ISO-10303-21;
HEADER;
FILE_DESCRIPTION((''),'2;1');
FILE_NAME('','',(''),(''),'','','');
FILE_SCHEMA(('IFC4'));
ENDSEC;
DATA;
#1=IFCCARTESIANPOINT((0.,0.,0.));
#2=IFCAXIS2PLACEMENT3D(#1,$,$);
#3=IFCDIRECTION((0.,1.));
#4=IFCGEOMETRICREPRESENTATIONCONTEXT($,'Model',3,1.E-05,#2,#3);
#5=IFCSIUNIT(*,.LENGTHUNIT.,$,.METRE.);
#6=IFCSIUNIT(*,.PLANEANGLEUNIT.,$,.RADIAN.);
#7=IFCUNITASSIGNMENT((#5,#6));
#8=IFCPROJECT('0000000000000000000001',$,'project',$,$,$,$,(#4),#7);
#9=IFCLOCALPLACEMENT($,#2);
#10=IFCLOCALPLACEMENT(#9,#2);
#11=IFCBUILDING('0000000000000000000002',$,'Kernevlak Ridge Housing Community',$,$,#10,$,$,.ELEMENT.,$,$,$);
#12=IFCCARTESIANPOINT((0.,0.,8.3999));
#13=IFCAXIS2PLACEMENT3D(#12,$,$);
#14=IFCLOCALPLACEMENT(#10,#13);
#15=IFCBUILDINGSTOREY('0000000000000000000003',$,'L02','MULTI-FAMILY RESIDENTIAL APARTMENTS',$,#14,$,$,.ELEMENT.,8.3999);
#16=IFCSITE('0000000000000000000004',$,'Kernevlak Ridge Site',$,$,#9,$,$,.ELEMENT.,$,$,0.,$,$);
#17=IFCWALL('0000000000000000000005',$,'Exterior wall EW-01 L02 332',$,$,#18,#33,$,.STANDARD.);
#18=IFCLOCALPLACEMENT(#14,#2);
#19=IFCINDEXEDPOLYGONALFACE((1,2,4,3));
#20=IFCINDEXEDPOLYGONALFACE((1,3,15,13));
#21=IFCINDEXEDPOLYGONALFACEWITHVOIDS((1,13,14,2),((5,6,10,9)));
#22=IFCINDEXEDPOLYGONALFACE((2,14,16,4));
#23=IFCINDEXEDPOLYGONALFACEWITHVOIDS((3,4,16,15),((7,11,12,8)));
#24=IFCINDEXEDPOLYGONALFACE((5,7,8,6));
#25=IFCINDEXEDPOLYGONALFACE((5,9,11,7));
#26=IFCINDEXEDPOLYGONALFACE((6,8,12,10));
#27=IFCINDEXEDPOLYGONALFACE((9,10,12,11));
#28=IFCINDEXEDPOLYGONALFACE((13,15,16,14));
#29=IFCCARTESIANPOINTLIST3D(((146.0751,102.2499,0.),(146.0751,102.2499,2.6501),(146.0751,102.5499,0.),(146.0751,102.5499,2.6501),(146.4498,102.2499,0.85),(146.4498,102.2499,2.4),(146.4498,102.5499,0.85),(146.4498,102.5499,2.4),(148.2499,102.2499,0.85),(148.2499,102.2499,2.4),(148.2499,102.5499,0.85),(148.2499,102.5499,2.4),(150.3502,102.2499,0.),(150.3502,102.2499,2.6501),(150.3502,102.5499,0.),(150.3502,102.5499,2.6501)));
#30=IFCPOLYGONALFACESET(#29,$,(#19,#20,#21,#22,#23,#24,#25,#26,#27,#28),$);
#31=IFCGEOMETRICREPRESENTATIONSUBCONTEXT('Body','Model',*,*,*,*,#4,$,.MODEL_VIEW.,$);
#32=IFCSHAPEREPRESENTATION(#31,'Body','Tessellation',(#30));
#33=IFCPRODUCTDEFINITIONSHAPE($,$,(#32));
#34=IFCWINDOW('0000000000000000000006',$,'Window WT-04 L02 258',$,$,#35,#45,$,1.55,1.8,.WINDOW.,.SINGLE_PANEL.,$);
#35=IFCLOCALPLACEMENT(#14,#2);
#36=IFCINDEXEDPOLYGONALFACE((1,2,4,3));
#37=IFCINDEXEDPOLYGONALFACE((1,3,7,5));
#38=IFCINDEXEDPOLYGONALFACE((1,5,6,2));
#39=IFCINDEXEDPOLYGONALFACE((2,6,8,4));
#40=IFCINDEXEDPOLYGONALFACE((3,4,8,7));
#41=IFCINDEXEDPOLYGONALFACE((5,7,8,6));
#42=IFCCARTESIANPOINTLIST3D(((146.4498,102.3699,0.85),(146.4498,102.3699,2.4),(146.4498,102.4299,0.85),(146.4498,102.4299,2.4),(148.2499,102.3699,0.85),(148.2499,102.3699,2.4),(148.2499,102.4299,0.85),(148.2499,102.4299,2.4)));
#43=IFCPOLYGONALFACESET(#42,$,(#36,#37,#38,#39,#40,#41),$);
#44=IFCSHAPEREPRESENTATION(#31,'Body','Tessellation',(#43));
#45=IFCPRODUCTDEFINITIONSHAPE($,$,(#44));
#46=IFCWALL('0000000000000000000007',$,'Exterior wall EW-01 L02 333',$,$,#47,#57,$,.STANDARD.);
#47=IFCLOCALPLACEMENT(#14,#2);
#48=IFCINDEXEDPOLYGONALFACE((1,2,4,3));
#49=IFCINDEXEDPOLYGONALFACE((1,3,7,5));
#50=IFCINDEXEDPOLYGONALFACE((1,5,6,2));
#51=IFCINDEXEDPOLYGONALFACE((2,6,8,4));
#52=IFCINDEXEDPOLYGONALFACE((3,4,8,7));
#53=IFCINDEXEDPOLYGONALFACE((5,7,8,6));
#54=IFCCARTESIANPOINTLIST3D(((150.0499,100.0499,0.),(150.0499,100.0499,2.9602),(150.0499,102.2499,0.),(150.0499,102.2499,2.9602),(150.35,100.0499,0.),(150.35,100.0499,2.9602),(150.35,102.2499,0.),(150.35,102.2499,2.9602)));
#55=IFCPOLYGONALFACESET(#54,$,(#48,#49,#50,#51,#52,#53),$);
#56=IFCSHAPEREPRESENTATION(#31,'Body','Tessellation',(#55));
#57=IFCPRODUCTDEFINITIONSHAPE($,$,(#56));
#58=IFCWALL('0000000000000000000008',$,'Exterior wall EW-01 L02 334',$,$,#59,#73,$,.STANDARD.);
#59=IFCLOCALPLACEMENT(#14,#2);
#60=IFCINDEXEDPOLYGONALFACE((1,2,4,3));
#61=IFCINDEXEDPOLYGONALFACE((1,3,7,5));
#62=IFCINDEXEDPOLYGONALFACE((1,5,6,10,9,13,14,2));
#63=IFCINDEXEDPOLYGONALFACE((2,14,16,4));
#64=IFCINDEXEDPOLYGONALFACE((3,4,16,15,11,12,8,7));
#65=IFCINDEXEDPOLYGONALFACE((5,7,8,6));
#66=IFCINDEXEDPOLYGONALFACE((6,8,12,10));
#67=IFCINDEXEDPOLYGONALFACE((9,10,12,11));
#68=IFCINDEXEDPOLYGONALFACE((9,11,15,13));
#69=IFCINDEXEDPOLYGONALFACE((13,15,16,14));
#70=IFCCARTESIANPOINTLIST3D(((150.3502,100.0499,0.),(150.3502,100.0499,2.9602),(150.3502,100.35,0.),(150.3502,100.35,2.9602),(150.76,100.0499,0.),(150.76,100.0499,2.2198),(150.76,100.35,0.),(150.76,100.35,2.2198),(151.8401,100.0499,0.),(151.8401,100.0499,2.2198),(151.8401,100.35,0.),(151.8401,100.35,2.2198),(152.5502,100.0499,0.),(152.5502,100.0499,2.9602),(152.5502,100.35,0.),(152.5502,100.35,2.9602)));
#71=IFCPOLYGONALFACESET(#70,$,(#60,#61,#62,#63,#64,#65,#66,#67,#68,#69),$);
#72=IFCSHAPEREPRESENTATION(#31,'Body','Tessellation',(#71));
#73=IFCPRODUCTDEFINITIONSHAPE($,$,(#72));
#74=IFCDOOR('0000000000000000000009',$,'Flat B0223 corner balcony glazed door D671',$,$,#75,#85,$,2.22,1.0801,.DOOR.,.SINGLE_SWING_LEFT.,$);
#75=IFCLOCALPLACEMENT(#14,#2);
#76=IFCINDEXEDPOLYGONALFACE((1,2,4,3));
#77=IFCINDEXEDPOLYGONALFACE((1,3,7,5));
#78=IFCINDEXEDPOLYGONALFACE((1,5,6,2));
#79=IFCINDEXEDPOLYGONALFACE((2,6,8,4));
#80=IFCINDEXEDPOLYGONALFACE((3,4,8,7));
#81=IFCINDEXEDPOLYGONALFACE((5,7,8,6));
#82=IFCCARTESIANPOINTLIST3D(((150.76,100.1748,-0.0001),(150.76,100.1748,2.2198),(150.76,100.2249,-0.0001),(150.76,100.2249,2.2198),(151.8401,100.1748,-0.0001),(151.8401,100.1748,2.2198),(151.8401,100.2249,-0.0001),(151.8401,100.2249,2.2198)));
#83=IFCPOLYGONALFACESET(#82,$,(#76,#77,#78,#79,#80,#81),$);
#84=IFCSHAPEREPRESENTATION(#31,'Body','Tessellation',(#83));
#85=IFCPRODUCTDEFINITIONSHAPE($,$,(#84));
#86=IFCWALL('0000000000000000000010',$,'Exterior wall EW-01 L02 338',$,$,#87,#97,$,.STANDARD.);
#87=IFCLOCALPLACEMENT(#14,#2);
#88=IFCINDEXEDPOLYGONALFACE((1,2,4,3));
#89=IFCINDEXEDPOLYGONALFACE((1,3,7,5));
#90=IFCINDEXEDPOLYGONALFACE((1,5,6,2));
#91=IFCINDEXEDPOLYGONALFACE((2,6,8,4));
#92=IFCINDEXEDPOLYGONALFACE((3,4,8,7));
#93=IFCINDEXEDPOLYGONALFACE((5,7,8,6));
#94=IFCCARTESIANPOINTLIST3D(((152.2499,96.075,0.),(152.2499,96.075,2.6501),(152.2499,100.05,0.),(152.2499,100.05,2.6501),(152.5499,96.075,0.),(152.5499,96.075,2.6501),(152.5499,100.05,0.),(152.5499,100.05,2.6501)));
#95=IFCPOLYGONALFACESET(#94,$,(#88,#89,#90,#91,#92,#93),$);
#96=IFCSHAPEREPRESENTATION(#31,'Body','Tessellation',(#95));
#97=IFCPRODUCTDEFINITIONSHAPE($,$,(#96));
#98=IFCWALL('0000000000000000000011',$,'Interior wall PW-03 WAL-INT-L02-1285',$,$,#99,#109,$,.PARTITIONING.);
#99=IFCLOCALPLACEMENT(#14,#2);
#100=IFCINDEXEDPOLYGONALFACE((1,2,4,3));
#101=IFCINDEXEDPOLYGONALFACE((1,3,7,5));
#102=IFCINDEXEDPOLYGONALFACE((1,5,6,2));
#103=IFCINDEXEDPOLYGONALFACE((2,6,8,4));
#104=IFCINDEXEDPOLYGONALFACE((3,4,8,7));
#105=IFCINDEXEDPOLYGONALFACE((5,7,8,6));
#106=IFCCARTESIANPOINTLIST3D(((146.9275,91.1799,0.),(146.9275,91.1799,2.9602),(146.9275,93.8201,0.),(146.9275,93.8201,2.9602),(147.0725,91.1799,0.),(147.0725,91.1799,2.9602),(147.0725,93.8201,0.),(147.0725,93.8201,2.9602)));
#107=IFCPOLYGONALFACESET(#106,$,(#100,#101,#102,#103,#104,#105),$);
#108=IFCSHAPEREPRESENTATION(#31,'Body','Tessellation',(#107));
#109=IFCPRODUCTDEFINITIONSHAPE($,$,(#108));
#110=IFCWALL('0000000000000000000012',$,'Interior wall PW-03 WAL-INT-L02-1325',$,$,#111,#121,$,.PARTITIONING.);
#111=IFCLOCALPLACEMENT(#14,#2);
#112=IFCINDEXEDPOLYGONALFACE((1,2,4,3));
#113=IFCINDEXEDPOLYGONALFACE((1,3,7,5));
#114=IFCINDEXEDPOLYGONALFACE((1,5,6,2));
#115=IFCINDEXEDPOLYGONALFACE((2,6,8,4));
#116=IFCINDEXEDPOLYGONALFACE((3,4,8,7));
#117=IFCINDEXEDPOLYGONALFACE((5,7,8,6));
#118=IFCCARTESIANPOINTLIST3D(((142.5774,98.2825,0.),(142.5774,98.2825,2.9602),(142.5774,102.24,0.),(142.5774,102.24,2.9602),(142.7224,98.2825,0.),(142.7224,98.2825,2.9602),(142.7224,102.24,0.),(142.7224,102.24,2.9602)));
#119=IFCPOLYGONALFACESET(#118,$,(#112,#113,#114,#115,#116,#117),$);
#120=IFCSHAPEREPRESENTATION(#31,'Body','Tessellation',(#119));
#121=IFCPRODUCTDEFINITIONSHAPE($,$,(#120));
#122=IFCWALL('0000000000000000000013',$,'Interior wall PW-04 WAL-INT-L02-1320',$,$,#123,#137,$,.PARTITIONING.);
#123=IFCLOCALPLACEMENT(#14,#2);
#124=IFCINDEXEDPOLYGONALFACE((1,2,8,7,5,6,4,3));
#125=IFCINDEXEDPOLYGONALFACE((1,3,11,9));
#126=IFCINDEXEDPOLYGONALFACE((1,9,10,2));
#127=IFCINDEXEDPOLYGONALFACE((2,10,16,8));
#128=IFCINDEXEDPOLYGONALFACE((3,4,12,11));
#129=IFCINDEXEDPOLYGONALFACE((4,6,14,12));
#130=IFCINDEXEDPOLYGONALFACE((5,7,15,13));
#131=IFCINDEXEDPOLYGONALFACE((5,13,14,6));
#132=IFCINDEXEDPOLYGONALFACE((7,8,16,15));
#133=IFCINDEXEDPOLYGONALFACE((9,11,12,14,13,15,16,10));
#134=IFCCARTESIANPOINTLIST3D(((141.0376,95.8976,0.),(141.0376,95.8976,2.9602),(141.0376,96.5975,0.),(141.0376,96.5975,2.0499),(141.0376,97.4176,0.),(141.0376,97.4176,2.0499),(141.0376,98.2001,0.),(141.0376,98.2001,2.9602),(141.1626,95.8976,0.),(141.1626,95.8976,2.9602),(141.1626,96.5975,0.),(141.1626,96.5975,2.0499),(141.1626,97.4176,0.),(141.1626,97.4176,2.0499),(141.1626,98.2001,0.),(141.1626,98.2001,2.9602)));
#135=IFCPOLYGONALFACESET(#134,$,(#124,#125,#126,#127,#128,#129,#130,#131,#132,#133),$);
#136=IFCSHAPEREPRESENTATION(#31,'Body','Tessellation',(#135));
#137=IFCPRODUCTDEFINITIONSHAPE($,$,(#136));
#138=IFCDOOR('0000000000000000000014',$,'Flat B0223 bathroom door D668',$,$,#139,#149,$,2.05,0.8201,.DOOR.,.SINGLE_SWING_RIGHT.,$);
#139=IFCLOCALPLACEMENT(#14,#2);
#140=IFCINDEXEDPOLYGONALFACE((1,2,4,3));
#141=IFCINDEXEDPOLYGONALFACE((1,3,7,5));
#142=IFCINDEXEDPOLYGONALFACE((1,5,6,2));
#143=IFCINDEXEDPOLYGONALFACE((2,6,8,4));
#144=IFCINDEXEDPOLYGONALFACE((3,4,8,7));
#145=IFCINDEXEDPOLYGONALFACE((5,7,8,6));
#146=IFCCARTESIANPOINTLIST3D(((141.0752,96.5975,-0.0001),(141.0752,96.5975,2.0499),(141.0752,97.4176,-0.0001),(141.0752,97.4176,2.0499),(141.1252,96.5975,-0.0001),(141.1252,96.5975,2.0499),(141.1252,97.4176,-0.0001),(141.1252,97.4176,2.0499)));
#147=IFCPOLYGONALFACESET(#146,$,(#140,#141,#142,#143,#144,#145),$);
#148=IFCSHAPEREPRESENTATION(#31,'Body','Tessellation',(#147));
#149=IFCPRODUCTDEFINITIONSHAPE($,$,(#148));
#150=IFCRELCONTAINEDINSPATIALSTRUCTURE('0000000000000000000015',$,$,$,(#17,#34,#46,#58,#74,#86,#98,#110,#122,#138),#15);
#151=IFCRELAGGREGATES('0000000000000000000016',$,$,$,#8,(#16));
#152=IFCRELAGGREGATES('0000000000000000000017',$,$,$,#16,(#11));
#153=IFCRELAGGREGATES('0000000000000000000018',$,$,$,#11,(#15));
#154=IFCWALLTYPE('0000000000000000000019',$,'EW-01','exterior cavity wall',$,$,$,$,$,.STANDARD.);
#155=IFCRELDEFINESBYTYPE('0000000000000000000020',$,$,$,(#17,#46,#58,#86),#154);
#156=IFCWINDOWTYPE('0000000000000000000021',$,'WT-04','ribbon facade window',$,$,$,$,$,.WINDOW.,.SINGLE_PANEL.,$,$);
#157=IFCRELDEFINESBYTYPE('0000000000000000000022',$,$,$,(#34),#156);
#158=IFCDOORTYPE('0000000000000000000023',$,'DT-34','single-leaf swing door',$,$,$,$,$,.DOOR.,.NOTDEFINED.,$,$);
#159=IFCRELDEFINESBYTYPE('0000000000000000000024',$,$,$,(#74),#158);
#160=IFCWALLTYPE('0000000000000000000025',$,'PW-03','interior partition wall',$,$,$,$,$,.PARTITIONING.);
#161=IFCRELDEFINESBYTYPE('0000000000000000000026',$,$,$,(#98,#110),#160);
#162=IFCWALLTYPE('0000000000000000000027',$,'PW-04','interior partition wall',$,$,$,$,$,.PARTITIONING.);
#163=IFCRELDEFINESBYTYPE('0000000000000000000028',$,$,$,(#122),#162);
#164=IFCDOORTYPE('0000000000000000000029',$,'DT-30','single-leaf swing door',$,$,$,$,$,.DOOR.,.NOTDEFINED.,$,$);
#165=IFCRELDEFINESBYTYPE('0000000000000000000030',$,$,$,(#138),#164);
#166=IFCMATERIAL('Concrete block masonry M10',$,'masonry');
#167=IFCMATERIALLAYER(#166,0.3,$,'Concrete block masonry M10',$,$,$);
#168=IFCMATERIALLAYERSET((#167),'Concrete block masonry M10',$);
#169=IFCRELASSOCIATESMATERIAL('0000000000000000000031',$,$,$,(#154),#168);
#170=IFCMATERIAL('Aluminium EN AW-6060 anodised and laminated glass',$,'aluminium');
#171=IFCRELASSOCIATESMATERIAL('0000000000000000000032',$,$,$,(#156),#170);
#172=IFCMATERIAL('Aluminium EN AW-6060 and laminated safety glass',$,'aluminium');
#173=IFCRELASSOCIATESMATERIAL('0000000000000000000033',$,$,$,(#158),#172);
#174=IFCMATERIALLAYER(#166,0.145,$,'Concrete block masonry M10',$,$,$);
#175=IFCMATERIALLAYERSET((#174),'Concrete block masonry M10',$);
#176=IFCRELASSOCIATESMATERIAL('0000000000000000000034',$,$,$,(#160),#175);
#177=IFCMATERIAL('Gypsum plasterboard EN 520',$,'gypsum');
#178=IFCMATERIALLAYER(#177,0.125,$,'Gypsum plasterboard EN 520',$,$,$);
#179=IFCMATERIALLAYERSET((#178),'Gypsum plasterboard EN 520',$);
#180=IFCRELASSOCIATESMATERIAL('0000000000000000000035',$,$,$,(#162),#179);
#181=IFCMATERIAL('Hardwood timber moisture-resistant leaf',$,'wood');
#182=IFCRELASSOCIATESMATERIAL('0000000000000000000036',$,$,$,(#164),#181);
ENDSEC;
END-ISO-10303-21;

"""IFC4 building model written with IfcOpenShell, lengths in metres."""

from ifc_helpers import new_model, si_unit, direction, frame, frame_2d, origin, place, context, subcontext, project, spatial, rectangle, extrude, material, layer, layer_set, type_object, element, fill, save


model = new_model("IFC4")

# Units and contexts
model_context = context("Model", 3, precision=1e-05, world=origin(), true_north=direction((0.0, 1.0)))
body_context = subcontext(model_context, "Body", "Model", "MODEL_VIEW")
ifc_project = project(units=[si_unit("LENGTHUNIT", "METRE"), si_unit("PLANEANGLEUNIT", "RADIAN")], contexts=[model_context])

# Site, building, storey
site_placement = place(None, origin())
site = spatial("IfcSite", under=ifc_project, at=site_placement, Name="Kernevlak Ridge Site", CompositionType="ELEMENT", RefElevation=0.0)
building_placement = place(site_placement, origin())
building = spatial("IfcBuilding", under=site, at=building_placement, Name="Kernevlak Ridge Housing Community", CompositionType="ELEMENT")
storey_placement = place(building_placement, frame((0.0, 0.0, 8.3999)))
storey = spatial("IfcBuildingStorey", under=building, at=storey_placement, Name="L02", Description="MULTI-FAMILY RESIDENTIAL APARTMENTS", CompositionType="ELEMENT", Elevation=8.3999)

# Shared definitions
ifc_material_1 = material(Name="Aluminium EN AW-6060 anodised and laminated glass", Category="aluminium")

# Wall, opening, window
ifc_material_2 = material(Name="Concrete block masonry M10", Category="masonry")
ifc_layer_1 = layer(ifc_material_2, 0.3, Name="Concrete block masonry M10")
ifc_layer_set_1 = layer_set([ifc_layer_1], Name="Concrete block masonry M10")
wall_type_1 = type_object("IfcWallType", Name="EW-01", Description="exterior cavity wall", PredefinedType="STANDARD", material=ifc_layer_set_1)
wall_1_placement = place(storey_placement, frame((146.075, 102.3999, 0.0), z_axis=(0.0, 0.0, 1.0), x_axis=(1.0, 0.0, 0.0)))
wall_1 = element("IfcWall", 1, at=wall_1_placement, inside=storey, type_object=wall_type_1, Name="Exterior wall EW-01 L02 332", PredefinedType="STANDARD", context=body_context, shape_type="SweptSolid", body=[
    extrude(rectangle(XDim=4.2751, YDim=0.3, at=frame_2d((2.1377, 0.0))), origin(), (0.0, 0.0, 1.0), 2.6501),
])
opening_1_placement = place(wall_1_placement, frame((0.375, 0.0, 0.8501)))
opening_1 = element("IfcOpeningElement", 2, at=opening_1_placement, cuts=wall_1, PredefinedType="OPENING", context=body_context, shape_type="SweptSolid", body=[
    extrude(rectangle(XDim=1.8, YDim=1.55, at=frame_2d((0.8999, 0.7749))), frame((0.0, 0.1599, 0.0), z_axis=(0.0, -1.0, 0.0), x_axis=(1.0, 0.0, 0.0)), (0.0, 0.0, 1.0), 0.3201),
])
window_type = type_object("IfcWindowType", Name="WT-04", Description="ribbon facade window", PartitioningType="SINGLE_PANEL", PredefinedType="WINDOW", material=ifc_material_1)
window_placement = place(opening_1_placement, origin())
window = element("IfcWindow", 3, at=window_placement, inside=storey, type_object=window_type, Name="Window WT-04 L02 258", OverallHeight=1.55, OverallWidth=1.8, PartitioningType="SINGLE_PANEL", PredefinedType="WINDOW", context=body_context, shape_type="SweptSolid", body=[
    extrude(rectangle(XDim=1.8, YDim=1.55, at=frame_2d((0.8999, 0.7749))), frame((0.0, 0.03, 0.0), z_axis=(0.0, -1.0, 0.0), x_axis=(1.0, 0.0, 0.0)), (0.0, 0.0, 1.0), 0.0601),
])
fill(opening_1, window)

# Wall
wall_2_placement = place(storey_placement, frame((150.2, 102.25, 0.0), z_axis=(0.0, 0.0, 1.0), x_axis=(0.0, -1.0, 0.0)))
element("IfcWall", 4, at=wall_2_placement, inside=storey, type_object=wall_type_1, Name="Exterior wall EW-01 L02 333", PredefinedType="STANDARD", context=body_context, shape_type="SweptSolid", body=[
    extrude(rectangle(XDim=2.2, YDim=0.3, at=frame_2d((1.1001, 0.0))), origin(), (0.0, 0.0, 1.0), 2.9602),
])

# Wall, opening, door
wall_3_placement = place(storey_placement, frame((150.3501, 100.2, 0.0), z_axis=(0.0, 0.0, 1.0), x_axis=(1.0, 0.0, 0.0)))
wall_3 = element("IfcWall", 5, at=wall_3_placement, inside=storey, type_object=wall_type_1, Name="Exterior wall EW-01 L02 334", PredefinedType="STANDARD", context=body_context, shape_type="SweptSolid", body=[
    extrude(rectangle(XDim=2.2, YDim=0.3, at=frame_2d((1.1001, 0.0))), origin(), (0.0, 0.0, 1.0), 2.9602),
])
opening_2_placement = place(wall_3_placement, frame((0.4099, 0.0, 0.0)))
opening_2 = element("IfcOpeningElement", 6, at=opening_2_placement, cuts=wall_3, PredefinedType="OPENING", context=body_context, shape_type="SweptSolid", body=[
    extrude(rectangle(XDim=1.0801, YDim=2.22, at=frame_2d((0.54, 1.1099))), frame((0.0, 0.1599, 0.0), z_axis=(0.0, -1.0, 0.0), x_axis=(1.0, 0.0, 0.0)), (0.0, 0.0, 1.0), 0.3201),
])
ifc_material_3 = material(Name="Aluminium EN AW-6060 and laminated safety glass", Category="aluminium")
door_type_1 = type_object("IfcDoorType", Name="DT-34", Description="single-leaf swing door", OperationType="NOTDEFINED", PredefinedType="DOOR", material=ifc_material_3)
door_1_placement = place(opening_2_placement, origin())
door_1 = element("IfcDoor", 7, at=door_1_placement, inside=storey, type_object=door_type_1, Name="Flat B0223 corner balcony glazed door D671", OperationType="SINGLE_SWING_LEFT", OverallHeight=2.22, OverallWidth=1.0801, PredefinedType="DOOR", context=body_context, shape_type="SweptSolid", body=[
    extrude(rectangle(XDim=1.0801, YDim=2.22, at=frame_2d((0.54, 1.1099))), frame((0.0, 0.0249, 0.0), z_axis=(0.0, -1.0, 0.0), x_axis=(1.0, 0.0, 0.0)), (0.0, 0.0, 1.0), 0.05),
])
fill(opening_2, door_1)

# Walls
wall_4_placement = place(storey_placement, frame((152.3999, 96.075, 0.0), z_axis=(0.0, 0.0, 1.0), x_axis=(0.0, 1.0, 0.0)))
element("IfcWall", 8, at=wall_4_placement, inside=storey, type_object=wall_type_1, Name="Exterior wall EW-01 L02 338", PredefinedType="STANDARD", context=body_context, shape_type="SweptSolid", body=[
    extrude(rectangle(XDim=3.9751, YDim=0.3, at=frame_2d((1.9875, 0.0))), origin(), (0.0, 0.0, 1.0), 2.6501),
])
ifc_layer_2 = layer(ifc_material_2, 0.145, Name="Concrete block masonry M10")
ifc_layer_set_2 = layer_set([ifc_layer_2], Name="Concrete block masonry M10")
wall_type_2 = type_object("IfcWallType", Name="PW-03", Description="interior partition wall", PredefinedType="PARTITIONING", material=ifc_layer_set_2)
wall_5_placement = place(storey_placement, frame((147.0, 91.1799, 0.0), z_axis=(0.0, 0.0, 1.0), x_axis=(0.0, 1.0, 0.0)))
element("IfcWall", 9, at=wall_5_placement, inside=storey, type_object=wall_type_2, Name="Interior wall PW-03 WAL-INT-L02-1285", PredefinedType="PARTITIONING", context=body_context, shape_type="SweptSolid", body=[
    extrude(rectangle(XDim=2.6401, YDim=0.145, at=frame_2d((1.3201, 0.0))), origin(), (0.0, 0.0, 1.0), 2.9602),
])

# Wall
wall_6_placement = place(storey_placement, frame((142.6499, 98.2825, 0.0), z_axis=(0.0, 0.0, 1.0), x_axis=(0.0, 1.0, 0.0)))
element("IfcWall", 10, at=wall_6_placement, inside=storey, type_object=wall_type_2, Name="Interior wall PW-03 WAL-INT-L02-1325", PredefinedType="PARTITIONING", context=body_context, shape_type="SweptSolid", body=[
    extrude(rectangle(XDim=3.9575, YDim=0.145, at=frame_2d((1.9788, 0.0))), origin(), (0.0, 0.0, 1.0), 2.9602),
])

# Wall, opening, door
ifc_material_4 = material(Name="Gypsum plasterboard EN 520", Category="gypsum")
ifc_layer_3 = layer(ifc_material_4, 0.125, Name="Gypsum plasterboard EN 520")
ifc_layer_set_3 = layer_set([ifc_layer_3], Name="Gypsum plasterboard EN 520")
wall_type_3 = type_object("IfcWallType", Name="PW-04", Description="interior partition wall", PredefinedType="PARTITIONING", material=ifc_layer_set_3)
wall_7_placement = place(storey_placement, frame((141.1001, 95.8975, 0.0), z_axis=(0.0, 0.0, 1.0), x_axis=(0.0, 1.0, 0.0)))
wall_7 = element("IfcWall", 11, at=wall_7_placement, inside=storey, type_object=wall_type_3, Name="Interior wall PW-04 WAL-INT-L02-1320", PredefinedType="PARTITIONING", context=body_context, shape_type="SweptSolid", body=[
    extrude(rectangle(XDim=2.3025, YDim=0.125, at=frame_2d((1.1514, 0.0))), origin(), (0.0, 0.0, 1.0), 2.9602),
])
opening_3_placement = place(wall_7_placement, frame((0.7, 0.0, 0.0)))
opening_3 = element("IfcOpeningElement", 12, at=opening_3_placement, cuts=wall_7, PredefinedType="OPENING", context=body_context, shape_type="SweptSolid", body=[
    extrude(rectangle(XDim=0.8201, YDim=2.05, at=frame_2d((0.4102, 1.0249))), frame((0.0, 0.0725, 0.0), z_axis=(0.0, -1.0, 0.0), x_axis=(1.0, 0.0, 0.0)), (0.0, 0.0, 1.0), 0.145),
])
ifc_material_5 = material(Name="Hardwood timber moisture-resistant leaf", Category="wood")
door_type_2 = type_object("IfcDoorType", Name="DT-30", Description="single-leaf swing door", OperationType="NOTDEFINED", PredefinedType="DOOR", material=ifc_material_5)
door_2_placement = place(opening_3_placement, origin())
door_2 = element("IfcDoor", 13, at=door_2_placement, inside=storey, type_object=door_type_2, Name="Flat B0223 bathroom door D668", OperationType="SINGLE_SWING_RIGHT", OverallHeight=2.05, OverallWidth=0.8201, PredefinedType="DOOR", context=body_context, shape_type="SweptSolid", body=[
    extrude(rectangle(XDim=0.8201, YDim=2.05, at=frame_2d((0.4102, 1.0249))), frame((0.0, 0.0249, 0.0), z_axis=(0.0, -1.0, 0.0), x_axis=(1.0, 0.0, 0.0)), (0.0, 0.0, 1.0), 0.05),
])
fill(opening_3, door_2)

save(model, "model.ifc")
